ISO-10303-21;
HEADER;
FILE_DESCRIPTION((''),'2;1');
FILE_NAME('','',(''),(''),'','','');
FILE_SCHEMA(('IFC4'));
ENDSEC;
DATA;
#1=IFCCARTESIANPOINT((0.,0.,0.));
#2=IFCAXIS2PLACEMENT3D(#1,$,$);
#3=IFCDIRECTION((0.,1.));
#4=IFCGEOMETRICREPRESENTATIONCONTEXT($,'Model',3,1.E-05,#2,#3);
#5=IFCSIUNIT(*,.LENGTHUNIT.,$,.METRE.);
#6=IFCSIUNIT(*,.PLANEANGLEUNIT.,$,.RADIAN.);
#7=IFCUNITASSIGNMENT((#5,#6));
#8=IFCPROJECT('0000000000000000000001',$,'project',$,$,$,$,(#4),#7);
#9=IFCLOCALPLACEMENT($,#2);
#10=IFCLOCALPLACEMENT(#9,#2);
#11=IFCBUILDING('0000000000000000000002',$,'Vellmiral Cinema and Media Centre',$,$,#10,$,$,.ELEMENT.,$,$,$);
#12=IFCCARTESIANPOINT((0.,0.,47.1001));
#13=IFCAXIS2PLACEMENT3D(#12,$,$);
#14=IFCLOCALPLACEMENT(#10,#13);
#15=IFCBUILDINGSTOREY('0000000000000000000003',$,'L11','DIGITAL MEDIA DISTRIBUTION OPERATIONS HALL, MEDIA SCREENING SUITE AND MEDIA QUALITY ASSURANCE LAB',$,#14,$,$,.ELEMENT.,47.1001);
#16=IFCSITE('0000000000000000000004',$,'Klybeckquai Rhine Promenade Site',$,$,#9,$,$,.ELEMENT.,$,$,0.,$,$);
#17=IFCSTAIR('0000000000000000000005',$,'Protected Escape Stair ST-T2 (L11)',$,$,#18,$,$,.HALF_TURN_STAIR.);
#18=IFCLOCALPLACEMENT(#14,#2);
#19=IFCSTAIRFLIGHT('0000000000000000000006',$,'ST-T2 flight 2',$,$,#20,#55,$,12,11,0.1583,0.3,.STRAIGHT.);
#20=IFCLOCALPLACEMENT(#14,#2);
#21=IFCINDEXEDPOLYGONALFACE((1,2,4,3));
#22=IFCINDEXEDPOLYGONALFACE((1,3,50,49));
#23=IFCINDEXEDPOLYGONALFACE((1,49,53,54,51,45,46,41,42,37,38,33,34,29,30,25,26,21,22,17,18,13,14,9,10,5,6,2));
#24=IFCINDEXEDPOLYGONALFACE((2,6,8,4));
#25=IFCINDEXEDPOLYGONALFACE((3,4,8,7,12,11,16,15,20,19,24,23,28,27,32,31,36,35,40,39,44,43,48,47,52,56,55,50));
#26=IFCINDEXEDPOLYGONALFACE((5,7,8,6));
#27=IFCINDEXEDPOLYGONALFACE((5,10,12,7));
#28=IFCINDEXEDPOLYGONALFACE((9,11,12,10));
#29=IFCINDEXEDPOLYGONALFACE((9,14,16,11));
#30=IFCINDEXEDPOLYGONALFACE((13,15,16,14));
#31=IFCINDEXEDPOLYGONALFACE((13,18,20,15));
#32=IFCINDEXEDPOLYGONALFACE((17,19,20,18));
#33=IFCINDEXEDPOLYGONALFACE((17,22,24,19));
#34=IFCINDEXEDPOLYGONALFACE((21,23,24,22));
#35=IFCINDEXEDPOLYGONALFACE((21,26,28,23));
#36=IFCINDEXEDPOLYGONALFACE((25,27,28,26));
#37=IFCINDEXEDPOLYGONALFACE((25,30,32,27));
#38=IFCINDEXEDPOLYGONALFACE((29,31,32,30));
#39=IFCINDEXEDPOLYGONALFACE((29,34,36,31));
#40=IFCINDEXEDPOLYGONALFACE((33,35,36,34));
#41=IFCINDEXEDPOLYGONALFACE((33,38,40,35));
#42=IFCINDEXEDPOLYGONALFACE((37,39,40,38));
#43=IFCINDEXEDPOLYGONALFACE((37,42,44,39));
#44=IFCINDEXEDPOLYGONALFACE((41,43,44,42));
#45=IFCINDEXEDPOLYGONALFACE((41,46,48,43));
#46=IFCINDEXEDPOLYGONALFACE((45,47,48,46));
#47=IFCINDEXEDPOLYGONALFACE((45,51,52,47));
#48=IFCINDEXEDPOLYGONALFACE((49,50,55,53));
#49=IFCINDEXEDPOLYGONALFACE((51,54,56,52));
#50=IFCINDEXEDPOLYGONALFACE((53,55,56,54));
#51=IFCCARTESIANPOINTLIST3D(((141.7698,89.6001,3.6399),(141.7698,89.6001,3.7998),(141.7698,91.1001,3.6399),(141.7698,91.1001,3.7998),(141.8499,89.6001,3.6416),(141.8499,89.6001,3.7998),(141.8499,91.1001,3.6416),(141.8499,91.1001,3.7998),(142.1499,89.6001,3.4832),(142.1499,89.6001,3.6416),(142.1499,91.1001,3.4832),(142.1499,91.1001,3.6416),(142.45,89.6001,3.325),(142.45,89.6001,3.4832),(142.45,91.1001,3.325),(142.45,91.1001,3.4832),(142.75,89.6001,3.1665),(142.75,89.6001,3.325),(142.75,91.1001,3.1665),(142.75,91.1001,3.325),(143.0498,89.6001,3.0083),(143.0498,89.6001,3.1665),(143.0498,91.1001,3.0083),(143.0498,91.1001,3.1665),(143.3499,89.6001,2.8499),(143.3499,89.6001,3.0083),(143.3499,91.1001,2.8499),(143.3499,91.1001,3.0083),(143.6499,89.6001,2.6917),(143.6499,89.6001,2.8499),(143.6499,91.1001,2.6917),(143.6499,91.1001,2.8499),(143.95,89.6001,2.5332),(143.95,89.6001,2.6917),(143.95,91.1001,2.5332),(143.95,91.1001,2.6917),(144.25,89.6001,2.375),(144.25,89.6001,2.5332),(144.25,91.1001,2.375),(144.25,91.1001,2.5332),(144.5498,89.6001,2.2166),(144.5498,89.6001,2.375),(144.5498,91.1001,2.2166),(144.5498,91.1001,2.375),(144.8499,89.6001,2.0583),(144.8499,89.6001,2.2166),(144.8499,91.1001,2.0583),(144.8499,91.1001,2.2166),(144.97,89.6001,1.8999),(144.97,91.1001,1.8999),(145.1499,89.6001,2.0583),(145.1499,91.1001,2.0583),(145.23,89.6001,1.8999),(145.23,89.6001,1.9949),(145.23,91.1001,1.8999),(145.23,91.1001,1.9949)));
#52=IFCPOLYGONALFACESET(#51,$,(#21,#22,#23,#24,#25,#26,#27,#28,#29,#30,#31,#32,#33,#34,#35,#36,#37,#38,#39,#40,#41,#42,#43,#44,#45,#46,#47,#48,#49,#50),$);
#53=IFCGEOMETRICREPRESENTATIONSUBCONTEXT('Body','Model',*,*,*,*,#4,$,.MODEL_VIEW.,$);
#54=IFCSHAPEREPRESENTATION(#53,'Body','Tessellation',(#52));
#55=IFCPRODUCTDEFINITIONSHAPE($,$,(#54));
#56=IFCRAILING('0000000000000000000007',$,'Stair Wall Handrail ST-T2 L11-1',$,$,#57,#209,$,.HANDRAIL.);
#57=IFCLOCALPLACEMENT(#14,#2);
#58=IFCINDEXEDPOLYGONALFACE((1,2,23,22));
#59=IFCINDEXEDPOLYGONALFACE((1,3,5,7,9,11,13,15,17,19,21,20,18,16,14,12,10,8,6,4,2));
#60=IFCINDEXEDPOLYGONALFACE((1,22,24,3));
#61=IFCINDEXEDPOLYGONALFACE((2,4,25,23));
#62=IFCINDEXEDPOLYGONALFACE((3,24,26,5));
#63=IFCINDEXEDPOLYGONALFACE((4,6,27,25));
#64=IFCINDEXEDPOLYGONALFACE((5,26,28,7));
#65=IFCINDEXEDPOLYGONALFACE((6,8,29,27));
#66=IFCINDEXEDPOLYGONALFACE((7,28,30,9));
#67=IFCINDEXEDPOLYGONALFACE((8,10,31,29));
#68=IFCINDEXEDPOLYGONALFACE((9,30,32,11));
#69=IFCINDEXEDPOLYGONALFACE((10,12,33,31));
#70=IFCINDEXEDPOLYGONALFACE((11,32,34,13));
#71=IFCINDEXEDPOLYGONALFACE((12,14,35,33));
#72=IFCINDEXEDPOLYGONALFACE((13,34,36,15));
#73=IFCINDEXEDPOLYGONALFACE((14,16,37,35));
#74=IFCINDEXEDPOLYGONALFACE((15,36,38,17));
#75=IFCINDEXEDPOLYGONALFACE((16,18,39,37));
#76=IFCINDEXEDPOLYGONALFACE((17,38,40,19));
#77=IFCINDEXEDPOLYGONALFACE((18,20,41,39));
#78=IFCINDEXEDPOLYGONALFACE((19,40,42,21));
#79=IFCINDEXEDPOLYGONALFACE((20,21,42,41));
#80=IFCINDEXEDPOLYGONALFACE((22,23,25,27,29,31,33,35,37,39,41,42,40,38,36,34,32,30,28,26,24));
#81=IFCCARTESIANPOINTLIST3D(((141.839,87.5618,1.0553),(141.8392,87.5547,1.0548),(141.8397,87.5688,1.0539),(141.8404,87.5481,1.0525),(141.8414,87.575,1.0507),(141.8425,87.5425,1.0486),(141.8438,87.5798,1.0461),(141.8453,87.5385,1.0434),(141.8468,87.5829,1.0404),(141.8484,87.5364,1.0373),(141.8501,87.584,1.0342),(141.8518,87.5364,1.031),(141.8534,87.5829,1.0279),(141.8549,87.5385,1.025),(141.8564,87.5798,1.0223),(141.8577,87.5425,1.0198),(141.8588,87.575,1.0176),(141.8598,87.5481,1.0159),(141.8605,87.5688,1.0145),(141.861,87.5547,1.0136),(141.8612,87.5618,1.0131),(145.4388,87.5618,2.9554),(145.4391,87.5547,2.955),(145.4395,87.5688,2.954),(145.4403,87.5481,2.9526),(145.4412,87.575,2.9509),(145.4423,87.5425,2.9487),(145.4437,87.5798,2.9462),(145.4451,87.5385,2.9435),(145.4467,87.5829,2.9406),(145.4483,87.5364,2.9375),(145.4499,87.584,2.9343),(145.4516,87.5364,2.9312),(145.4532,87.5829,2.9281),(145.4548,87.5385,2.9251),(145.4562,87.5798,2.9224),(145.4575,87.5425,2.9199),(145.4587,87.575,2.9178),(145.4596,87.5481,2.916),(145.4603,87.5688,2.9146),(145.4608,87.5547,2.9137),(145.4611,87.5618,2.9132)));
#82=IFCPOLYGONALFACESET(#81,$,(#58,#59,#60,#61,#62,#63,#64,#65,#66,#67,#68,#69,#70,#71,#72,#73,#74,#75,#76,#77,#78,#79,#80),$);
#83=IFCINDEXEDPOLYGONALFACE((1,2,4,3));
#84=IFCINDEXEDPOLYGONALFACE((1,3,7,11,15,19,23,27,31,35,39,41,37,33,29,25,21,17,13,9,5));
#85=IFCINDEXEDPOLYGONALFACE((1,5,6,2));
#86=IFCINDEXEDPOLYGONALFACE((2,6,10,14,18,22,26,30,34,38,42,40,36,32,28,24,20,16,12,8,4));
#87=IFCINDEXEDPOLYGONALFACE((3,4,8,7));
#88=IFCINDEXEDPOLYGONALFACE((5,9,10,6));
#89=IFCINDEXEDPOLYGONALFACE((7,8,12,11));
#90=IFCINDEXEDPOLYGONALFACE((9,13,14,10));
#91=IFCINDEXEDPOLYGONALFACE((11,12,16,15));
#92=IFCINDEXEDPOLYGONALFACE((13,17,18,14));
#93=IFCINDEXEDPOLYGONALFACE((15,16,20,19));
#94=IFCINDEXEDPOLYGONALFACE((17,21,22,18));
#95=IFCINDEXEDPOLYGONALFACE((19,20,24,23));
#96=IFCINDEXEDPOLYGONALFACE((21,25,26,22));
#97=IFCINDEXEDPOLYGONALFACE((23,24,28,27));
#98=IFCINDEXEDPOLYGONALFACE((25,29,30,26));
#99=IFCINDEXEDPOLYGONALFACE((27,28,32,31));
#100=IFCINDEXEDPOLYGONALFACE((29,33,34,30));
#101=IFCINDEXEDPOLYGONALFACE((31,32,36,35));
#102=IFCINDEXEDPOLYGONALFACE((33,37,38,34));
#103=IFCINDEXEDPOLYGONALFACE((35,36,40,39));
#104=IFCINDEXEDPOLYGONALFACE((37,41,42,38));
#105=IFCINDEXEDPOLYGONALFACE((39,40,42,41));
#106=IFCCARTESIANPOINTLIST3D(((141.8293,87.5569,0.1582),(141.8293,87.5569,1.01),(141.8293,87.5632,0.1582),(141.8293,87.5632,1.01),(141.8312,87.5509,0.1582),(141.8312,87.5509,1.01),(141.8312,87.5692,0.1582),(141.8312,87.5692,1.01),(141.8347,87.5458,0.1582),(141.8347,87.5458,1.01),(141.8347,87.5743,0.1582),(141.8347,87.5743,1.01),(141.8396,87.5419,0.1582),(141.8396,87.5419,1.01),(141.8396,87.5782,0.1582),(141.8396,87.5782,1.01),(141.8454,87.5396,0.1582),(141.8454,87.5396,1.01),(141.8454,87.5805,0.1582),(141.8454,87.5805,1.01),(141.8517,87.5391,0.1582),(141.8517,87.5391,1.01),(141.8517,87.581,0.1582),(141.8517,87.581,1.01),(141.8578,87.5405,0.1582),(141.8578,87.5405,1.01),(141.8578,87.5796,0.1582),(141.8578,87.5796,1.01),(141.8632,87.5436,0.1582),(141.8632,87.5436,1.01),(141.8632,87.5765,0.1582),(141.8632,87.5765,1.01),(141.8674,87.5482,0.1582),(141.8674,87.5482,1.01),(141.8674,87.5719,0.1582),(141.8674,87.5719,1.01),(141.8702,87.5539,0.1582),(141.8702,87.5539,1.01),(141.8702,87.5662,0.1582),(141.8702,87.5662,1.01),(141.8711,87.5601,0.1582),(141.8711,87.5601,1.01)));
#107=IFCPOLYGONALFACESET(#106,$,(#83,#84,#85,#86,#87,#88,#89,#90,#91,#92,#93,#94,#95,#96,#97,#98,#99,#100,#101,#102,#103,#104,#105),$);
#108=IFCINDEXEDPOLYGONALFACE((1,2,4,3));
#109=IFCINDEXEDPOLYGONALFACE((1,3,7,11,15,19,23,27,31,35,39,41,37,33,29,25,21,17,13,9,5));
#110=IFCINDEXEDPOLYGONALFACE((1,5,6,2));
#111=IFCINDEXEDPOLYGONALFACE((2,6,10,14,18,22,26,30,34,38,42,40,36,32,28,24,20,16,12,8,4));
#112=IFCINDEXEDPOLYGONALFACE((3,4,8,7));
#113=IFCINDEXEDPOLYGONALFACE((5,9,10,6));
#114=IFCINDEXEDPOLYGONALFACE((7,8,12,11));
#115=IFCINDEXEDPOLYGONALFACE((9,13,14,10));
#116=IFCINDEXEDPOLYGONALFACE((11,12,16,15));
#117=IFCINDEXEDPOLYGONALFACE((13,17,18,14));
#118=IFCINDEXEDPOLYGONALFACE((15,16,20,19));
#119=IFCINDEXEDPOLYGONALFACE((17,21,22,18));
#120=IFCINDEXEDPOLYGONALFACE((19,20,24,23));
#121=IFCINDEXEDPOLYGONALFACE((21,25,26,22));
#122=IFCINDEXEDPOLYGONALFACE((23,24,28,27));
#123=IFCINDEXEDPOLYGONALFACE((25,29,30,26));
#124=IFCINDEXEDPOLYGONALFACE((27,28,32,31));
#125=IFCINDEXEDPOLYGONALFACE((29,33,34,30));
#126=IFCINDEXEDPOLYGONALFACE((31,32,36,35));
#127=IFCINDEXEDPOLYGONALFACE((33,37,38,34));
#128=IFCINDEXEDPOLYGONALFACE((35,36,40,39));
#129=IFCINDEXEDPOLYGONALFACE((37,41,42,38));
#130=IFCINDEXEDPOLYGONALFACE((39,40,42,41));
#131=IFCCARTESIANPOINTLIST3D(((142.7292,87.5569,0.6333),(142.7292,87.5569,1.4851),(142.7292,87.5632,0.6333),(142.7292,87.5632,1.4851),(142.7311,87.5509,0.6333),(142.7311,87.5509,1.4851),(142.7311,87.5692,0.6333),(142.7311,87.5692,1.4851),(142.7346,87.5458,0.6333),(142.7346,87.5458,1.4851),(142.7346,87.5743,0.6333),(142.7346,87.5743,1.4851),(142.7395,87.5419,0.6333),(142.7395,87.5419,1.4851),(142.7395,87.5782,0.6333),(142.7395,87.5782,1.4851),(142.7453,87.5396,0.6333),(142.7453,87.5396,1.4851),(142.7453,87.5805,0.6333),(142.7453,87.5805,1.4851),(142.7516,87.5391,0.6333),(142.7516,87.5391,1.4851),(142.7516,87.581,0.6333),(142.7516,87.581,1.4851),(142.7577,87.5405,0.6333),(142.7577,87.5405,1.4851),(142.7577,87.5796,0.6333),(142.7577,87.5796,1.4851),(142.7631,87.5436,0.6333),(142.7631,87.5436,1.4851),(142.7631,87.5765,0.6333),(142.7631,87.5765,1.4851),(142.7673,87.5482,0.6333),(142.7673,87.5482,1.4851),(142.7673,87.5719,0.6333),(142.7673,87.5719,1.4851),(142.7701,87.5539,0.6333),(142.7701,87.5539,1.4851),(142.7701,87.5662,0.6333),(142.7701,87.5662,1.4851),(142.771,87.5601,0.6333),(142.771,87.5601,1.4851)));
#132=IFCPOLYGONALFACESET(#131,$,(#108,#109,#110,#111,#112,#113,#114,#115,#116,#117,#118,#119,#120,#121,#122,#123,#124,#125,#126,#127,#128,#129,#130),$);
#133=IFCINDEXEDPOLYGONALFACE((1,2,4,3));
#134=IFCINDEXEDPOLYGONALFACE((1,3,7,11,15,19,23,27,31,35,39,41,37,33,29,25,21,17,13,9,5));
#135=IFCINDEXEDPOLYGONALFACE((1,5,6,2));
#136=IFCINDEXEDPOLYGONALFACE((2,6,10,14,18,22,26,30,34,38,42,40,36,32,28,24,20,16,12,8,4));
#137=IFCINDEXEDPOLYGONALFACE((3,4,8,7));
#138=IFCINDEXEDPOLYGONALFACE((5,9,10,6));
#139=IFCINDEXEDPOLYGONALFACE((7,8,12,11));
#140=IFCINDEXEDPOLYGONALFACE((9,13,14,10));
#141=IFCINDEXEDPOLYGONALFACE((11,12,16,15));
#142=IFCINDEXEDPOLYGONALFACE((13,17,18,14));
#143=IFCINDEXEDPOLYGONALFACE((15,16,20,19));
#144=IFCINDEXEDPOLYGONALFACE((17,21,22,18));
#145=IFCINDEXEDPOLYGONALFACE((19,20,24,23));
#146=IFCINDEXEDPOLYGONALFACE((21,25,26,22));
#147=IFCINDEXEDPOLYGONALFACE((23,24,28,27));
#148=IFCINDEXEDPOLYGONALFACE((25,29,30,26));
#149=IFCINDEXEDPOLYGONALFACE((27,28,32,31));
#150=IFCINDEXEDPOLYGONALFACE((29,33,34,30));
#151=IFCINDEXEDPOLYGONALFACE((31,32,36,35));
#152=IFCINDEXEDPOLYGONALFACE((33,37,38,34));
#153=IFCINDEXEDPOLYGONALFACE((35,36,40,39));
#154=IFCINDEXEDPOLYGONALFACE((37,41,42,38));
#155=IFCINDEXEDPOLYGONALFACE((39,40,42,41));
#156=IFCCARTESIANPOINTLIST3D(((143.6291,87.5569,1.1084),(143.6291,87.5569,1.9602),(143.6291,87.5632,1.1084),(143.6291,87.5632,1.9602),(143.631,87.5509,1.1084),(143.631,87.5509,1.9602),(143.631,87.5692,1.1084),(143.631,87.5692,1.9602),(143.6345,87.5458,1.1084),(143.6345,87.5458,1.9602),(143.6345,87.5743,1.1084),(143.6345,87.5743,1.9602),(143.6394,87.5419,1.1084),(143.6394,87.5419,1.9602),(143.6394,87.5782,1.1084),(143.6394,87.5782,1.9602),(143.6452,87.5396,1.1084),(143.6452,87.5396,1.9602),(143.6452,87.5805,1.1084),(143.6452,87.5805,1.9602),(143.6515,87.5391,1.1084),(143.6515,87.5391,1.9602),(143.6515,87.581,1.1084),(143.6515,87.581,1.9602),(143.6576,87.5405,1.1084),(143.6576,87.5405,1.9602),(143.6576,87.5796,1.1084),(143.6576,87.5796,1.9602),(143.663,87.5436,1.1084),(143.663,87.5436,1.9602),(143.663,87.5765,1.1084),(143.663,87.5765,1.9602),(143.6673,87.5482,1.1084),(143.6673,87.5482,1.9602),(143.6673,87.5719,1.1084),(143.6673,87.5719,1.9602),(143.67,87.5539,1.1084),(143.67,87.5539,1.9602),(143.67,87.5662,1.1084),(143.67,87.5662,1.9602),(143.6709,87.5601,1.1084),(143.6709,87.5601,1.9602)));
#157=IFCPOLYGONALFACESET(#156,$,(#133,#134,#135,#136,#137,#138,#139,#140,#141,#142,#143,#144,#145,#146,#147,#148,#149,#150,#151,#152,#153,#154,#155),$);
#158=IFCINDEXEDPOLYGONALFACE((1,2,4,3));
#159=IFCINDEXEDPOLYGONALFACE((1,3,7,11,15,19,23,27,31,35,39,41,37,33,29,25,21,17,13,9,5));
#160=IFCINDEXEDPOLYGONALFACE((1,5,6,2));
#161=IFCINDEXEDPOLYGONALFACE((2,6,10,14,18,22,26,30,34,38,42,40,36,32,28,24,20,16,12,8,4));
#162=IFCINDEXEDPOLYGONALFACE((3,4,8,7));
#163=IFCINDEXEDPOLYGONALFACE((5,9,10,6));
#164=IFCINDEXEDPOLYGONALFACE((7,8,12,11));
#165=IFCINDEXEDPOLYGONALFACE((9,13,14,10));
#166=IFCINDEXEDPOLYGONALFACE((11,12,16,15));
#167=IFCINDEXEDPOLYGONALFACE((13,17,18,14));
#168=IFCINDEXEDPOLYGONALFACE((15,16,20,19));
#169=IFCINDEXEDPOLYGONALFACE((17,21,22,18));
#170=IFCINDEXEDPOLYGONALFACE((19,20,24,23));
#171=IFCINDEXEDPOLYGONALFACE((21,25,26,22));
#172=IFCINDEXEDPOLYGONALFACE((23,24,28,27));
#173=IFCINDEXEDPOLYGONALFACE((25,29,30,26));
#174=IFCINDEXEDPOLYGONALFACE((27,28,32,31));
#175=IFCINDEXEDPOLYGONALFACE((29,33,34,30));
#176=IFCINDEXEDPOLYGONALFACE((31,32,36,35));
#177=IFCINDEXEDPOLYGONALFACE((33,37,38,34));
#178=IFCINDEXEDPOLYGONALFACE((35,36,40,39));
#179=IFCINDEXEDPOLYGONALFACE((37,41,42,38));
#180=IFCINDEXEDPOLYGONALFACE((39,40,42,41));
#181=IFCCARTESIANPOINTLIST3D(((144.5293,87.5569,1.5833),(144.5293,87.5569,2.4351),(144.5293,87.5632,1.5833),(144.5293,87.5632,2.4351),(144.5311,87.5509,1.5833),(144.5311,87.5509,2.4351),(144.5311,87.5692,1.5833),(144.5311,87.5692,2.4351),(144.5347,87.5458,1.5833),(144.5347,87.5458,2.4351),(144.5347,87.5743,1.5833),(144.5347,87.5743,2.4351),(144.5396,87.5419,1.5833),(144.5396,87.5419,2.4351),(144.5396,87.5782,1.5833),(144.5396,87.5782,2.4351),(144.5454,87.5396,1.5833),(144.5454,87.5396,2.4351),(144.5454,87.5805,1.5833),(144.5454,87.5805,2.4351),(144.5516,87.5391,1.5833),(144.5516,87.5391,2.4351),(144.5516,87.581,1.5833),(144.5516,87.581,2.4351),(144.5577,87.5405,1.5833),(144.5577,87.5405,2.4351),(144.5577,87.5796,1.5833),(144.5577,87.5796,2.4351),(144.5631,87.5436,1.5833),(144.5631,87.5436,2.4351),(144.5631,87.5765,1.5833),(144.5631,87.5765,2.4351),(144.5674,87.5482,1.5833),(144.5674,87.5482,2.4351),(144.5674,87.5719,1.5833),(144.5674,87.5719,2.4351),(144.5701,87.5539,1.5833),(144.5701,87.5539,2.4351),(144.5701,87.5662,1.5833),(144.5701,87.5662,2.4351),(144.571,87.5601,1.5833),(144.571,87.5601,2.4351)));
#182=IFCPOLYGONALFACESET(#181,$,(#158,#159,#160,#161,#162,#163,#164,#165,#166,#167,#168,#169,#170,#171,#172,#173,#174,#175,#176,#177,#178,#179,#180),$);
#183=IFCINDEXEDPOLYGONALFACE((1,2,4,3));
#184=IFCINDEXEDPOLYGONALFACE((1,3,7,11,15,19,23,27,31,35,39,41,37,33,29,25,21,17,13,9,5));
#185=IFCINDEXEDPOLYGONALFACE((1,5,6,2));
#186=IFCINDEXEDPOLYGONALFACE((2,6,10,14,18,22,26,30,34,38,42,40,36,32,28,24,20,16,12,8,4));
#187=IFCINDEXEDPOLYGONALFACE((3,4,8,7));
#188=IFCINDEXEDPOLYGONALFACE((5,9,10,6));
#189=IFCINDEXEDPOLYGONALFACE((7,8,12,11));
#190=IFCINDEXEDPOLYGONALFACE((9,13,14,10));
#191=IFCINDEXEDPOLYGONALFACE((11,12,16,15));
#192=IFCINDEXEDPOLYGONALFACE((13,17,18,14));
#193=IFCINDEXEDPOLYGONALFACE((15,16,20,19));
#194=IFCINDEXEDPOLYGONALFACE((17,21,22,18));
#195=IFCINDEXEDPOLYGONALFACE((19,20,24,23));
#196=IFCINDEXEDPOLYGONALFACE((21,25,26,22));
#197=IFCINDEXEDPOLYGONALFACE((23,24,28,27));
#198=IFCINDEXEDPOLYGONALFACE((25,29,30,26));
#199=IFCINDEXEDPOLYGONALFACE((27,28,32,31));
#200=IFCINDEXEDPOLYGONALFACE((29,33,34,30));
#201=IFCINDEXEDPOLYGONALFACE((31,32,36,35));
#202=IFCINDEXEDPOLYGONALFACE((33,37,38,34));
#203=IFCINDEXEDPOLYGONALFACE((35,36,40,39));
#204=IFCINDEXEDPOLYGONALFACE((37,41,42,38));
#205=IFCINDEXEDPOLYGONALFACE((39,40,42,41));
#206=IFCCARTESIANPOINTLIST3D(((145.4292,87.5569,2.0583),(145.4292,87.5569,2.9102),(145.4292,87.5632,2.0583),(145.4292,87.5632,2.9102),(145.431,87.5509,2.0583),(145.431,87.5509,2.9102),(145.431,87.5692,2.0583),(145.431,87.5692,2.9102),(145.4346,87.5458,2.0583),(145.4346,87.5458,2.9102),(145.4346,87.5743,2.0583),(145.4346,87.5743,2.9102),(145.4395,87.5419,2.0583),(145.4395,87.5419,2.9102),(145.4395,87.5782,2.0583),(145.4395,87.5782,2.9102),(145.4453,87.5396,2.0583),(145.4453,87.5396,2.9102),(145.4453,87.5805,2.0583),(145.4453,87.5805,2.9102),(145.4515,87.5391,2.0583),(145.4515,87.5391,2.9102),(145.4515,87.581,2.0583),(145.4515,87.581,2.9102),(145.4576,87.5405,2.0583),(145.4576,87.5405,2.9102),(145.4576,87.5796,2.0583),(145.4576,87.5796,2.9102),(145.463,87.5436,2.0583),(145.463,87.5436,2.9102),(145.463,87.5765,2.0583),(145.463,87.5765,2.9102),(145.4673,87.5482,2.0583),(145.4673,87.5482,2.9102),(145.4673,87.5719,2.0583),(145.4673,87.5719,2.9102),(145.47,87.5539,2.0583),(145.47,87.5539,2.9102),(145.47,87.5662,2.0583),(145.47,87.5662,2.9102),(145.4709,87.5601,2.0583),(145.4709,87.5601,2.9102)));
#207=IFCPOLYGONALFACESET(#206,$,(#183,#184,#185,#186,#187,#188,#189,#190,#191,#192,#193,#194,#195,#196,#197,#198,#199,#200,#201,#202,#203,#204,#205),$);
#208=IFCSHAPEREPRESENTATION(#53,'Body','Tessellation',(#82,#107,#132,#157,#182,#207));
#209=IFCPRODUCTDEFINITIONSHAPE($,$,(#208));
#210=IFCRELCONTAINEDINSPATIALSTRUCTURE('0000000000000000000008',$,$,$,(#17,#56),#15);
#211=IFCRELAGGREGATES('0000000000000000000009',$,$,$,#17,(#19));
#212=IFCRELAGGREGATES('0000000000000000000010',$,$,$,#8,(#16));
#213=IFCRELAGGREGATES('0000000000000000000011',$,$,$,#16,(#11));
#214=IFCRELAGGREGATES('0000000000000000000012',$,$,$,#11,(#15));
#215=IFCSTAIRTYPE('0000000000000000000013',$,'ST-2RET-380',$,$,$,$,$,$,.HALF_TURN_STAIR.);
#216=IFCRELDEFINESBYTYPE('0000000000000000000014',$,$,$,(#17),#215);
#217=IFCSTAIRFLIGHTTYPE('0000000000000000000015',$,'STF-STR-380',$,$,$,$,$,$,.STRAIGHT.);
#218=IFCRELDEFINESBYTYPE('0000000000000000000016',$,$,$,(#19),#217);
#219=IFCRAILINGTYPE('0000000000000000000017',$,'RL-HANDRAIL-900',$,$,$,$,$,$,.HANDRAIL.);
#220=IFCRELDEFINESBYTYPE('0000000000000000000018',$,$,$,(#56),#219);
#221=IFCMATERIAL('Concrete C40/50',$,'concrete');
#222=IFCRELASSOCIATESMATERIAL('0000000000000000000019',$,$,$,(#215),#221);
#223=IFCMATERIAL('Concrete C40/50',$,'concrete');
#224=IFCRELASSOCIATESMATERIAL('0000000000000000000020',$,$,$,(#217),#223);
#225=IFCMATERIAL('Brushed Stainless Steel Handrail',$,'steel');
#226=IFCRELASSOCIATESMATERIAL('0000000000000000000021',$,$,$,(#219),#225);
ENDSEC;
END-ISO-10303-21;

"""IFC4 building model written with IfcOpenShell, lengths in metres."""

from ifc_helpers import new_model, si_unit, direction, frame, origin, origin_2d, place, context, subcontext, project, spatial, polyline, circle, outline, extrude, material, type_object, element, aggregate, save


model = new_model("IFC4")

# Units and contexts
model_context = context("Model", 3, precision=1e-05, world=origin(), true_north=direction((0.0, 1.0)))
body_context = subcontext(model_context, "Body", "Model", "MODEL_VIEW")
ifc_project = project(units=[si_unit("LENGTHUNIT", "METRE"), si_unit("PLANEANGLEUNIT", "RADIAN")], contexts=[model_context])

# Site, building, storey
site_placement = place(None, origin())
site = spatial("IfcSite", under=ifc_project, at=site_placement, Name="Klybeckquai Rhine Promenade Site", CompositionType="ELEMENT", RefElevation=0.0)
building_placement = place(site_placement, origin())
building = spatial("IfcBuilding", under=site, at=building_placement, Name="Vellmiral Cinema and Media Centre", CompositionType="ELEMENT")
storey_placement = place(building_placement, frame((0.0, 0.0, 47.1001)))
storey = spatial("IfcBuildingStorey", under=building, at=storey_placement, Name="L11", Description="DIGITAL MEDIA DISTRIBUTION OPERATIONS HALL, MEDIA SCREENING SUITE AND MEDIA QUALITY ASSURANCE LAB", CompositionType="ELEMENT", Elevation=47.1001)

# Stair, stair flight
ifc_material_1 = material(Name="Concrete C40/50", Category="concrete")
stair_type = type_object("IfcStairType", Name="ST-2RET-380", PredefinedType="HALF_TURN_STAIR", material=ifc_material_1)
stair_placement = place(storey_placement, origin())
stair = element("IfcStair", 1, at=stair_placement, inside=storey, type_object=stair_type, Name="Protected Escape Stair ST-T2 (L11)", PredefinedType="HALF_TURN_STAIR")
ifc_material_2 = material(Name="Concrete C40/50", Category="concrete")
stair_flight_type = type_object("IfcStairFlightType", Name="STF-STR-380", PredefinedType="STRAIGHT", material=ifc_material_2)
stair_flight_1_placement = place(storey_placement, frame((145.1499, 90.3501, 1.8999), z_axis=(0.0, 0.0, 1.0), x_axis=(-1.0, 0.0, 0.0)))
stair_flight_1 = element("IfcStairFlight", 2, at=stair_flight_1_placement, type_object=stair_flight_type, Name="ST-T2 flight 2", NumberOfRisers=12, NumberOfTreads=11, PredefinedType="STRAIGHT", RiserHeight=0.1583, TreadLength=0.3, context=body_context, shape_type="SweptSolid", body=[
    extrude(outline(polyline([(-0.0801, 0.0), (-0.0801, 0.095), (0.0, 0.1584), (0.3, 0.1584), (0.3, 0.3167), (0.6001, 0.3167), (0.6001, 0.4751), (0.8999, 0.4751), (0.8999, 0.6333), (1.2, 0.6333), (1.2, 0.7917), (1.5, 0.7917), (1.5, 0.95), (1.8, 0.95), (1.8, 1.1084), (2.1001, 1.1084), (2.1001, 1.2666), (2.3999, 1.2666), (2.3999, 1.425), (2.7, 1.425), (2.7, 1.5833), (3.0, 1.5833), (3.0, 1.7417), (3.3, 1.7417), (3.3, 1.8999), (3.3801, 1.8999), (3.3801, 1.74), (0.1799, 0.0), (-0.0801, 0.0)])), frame((0.0, 0.75, 0.0), z_axis=(0.0, -1.0, 0.0), x_axis=(1.0, 0.0, 0.0)), (0.0, 0.0, 1.0), 1.5),
])
aggregate(stair, [stair_flight_1])

# Railing
ifc_material_3 = material(Name="Brushed Stainless Steel Handrail", Category="steel")
railing_type_1 = type_object("IfcRailingType", Name="RL-HANDRAIL-900", PredefinedType="HANDRAIL", material=ifc_material_3)
railing_1_placement = place(storey_placement, frame((141.8501, 87.5601, 0.1582)))
element("IfcRailing", 3, at=railing_1_placement, inside=storey, type_object=railing_type_1, Name="Stair Wall Handrail ST-T2 L11-1", PredefinedType="HANDRAIL", context=body_context, shape_type="SweptSolid", body=[
    extrude(circle(Radius=0.0239, at=origin_2d()), frame((0.0, 0.0, 0.876), z_axis=(0.884362, 0.0, 0.466802), x_axis=(0.0, 1.0, 0.0)), (0.0, 0.0, 1.0), 4.0706),
    extrude(circle(Radius=0.021, at=origin_2d()), origin(), (0.0, 0.0, 1.0), 0.8518),
    extrude(circle(Radius=0.021, at=origin_2d()), frame((0.8999, 0.0, 0.4751)), (0.0, 0.0, 1.0), 0.8518),
    extrude(circle(Radius=0.021, at=origin_2d()), frame((1.7998, 0.0, 0.9502)), (0.0, 0.0, 1.0), 0.8518),
    extrude(circle(Radius=0.021, at=origin_2d()), frame((2.7, 0.0, 1.425)), (0.0, 0.0, 1.0), 0.8518),
    extrude(circle(Radius=0.021, at=origin_2d()), frame((3.5999, 0.0, 1.9001)), (0.0, 0.0, 1.0), 0.8518),
])

save(model, "model.ifc")
